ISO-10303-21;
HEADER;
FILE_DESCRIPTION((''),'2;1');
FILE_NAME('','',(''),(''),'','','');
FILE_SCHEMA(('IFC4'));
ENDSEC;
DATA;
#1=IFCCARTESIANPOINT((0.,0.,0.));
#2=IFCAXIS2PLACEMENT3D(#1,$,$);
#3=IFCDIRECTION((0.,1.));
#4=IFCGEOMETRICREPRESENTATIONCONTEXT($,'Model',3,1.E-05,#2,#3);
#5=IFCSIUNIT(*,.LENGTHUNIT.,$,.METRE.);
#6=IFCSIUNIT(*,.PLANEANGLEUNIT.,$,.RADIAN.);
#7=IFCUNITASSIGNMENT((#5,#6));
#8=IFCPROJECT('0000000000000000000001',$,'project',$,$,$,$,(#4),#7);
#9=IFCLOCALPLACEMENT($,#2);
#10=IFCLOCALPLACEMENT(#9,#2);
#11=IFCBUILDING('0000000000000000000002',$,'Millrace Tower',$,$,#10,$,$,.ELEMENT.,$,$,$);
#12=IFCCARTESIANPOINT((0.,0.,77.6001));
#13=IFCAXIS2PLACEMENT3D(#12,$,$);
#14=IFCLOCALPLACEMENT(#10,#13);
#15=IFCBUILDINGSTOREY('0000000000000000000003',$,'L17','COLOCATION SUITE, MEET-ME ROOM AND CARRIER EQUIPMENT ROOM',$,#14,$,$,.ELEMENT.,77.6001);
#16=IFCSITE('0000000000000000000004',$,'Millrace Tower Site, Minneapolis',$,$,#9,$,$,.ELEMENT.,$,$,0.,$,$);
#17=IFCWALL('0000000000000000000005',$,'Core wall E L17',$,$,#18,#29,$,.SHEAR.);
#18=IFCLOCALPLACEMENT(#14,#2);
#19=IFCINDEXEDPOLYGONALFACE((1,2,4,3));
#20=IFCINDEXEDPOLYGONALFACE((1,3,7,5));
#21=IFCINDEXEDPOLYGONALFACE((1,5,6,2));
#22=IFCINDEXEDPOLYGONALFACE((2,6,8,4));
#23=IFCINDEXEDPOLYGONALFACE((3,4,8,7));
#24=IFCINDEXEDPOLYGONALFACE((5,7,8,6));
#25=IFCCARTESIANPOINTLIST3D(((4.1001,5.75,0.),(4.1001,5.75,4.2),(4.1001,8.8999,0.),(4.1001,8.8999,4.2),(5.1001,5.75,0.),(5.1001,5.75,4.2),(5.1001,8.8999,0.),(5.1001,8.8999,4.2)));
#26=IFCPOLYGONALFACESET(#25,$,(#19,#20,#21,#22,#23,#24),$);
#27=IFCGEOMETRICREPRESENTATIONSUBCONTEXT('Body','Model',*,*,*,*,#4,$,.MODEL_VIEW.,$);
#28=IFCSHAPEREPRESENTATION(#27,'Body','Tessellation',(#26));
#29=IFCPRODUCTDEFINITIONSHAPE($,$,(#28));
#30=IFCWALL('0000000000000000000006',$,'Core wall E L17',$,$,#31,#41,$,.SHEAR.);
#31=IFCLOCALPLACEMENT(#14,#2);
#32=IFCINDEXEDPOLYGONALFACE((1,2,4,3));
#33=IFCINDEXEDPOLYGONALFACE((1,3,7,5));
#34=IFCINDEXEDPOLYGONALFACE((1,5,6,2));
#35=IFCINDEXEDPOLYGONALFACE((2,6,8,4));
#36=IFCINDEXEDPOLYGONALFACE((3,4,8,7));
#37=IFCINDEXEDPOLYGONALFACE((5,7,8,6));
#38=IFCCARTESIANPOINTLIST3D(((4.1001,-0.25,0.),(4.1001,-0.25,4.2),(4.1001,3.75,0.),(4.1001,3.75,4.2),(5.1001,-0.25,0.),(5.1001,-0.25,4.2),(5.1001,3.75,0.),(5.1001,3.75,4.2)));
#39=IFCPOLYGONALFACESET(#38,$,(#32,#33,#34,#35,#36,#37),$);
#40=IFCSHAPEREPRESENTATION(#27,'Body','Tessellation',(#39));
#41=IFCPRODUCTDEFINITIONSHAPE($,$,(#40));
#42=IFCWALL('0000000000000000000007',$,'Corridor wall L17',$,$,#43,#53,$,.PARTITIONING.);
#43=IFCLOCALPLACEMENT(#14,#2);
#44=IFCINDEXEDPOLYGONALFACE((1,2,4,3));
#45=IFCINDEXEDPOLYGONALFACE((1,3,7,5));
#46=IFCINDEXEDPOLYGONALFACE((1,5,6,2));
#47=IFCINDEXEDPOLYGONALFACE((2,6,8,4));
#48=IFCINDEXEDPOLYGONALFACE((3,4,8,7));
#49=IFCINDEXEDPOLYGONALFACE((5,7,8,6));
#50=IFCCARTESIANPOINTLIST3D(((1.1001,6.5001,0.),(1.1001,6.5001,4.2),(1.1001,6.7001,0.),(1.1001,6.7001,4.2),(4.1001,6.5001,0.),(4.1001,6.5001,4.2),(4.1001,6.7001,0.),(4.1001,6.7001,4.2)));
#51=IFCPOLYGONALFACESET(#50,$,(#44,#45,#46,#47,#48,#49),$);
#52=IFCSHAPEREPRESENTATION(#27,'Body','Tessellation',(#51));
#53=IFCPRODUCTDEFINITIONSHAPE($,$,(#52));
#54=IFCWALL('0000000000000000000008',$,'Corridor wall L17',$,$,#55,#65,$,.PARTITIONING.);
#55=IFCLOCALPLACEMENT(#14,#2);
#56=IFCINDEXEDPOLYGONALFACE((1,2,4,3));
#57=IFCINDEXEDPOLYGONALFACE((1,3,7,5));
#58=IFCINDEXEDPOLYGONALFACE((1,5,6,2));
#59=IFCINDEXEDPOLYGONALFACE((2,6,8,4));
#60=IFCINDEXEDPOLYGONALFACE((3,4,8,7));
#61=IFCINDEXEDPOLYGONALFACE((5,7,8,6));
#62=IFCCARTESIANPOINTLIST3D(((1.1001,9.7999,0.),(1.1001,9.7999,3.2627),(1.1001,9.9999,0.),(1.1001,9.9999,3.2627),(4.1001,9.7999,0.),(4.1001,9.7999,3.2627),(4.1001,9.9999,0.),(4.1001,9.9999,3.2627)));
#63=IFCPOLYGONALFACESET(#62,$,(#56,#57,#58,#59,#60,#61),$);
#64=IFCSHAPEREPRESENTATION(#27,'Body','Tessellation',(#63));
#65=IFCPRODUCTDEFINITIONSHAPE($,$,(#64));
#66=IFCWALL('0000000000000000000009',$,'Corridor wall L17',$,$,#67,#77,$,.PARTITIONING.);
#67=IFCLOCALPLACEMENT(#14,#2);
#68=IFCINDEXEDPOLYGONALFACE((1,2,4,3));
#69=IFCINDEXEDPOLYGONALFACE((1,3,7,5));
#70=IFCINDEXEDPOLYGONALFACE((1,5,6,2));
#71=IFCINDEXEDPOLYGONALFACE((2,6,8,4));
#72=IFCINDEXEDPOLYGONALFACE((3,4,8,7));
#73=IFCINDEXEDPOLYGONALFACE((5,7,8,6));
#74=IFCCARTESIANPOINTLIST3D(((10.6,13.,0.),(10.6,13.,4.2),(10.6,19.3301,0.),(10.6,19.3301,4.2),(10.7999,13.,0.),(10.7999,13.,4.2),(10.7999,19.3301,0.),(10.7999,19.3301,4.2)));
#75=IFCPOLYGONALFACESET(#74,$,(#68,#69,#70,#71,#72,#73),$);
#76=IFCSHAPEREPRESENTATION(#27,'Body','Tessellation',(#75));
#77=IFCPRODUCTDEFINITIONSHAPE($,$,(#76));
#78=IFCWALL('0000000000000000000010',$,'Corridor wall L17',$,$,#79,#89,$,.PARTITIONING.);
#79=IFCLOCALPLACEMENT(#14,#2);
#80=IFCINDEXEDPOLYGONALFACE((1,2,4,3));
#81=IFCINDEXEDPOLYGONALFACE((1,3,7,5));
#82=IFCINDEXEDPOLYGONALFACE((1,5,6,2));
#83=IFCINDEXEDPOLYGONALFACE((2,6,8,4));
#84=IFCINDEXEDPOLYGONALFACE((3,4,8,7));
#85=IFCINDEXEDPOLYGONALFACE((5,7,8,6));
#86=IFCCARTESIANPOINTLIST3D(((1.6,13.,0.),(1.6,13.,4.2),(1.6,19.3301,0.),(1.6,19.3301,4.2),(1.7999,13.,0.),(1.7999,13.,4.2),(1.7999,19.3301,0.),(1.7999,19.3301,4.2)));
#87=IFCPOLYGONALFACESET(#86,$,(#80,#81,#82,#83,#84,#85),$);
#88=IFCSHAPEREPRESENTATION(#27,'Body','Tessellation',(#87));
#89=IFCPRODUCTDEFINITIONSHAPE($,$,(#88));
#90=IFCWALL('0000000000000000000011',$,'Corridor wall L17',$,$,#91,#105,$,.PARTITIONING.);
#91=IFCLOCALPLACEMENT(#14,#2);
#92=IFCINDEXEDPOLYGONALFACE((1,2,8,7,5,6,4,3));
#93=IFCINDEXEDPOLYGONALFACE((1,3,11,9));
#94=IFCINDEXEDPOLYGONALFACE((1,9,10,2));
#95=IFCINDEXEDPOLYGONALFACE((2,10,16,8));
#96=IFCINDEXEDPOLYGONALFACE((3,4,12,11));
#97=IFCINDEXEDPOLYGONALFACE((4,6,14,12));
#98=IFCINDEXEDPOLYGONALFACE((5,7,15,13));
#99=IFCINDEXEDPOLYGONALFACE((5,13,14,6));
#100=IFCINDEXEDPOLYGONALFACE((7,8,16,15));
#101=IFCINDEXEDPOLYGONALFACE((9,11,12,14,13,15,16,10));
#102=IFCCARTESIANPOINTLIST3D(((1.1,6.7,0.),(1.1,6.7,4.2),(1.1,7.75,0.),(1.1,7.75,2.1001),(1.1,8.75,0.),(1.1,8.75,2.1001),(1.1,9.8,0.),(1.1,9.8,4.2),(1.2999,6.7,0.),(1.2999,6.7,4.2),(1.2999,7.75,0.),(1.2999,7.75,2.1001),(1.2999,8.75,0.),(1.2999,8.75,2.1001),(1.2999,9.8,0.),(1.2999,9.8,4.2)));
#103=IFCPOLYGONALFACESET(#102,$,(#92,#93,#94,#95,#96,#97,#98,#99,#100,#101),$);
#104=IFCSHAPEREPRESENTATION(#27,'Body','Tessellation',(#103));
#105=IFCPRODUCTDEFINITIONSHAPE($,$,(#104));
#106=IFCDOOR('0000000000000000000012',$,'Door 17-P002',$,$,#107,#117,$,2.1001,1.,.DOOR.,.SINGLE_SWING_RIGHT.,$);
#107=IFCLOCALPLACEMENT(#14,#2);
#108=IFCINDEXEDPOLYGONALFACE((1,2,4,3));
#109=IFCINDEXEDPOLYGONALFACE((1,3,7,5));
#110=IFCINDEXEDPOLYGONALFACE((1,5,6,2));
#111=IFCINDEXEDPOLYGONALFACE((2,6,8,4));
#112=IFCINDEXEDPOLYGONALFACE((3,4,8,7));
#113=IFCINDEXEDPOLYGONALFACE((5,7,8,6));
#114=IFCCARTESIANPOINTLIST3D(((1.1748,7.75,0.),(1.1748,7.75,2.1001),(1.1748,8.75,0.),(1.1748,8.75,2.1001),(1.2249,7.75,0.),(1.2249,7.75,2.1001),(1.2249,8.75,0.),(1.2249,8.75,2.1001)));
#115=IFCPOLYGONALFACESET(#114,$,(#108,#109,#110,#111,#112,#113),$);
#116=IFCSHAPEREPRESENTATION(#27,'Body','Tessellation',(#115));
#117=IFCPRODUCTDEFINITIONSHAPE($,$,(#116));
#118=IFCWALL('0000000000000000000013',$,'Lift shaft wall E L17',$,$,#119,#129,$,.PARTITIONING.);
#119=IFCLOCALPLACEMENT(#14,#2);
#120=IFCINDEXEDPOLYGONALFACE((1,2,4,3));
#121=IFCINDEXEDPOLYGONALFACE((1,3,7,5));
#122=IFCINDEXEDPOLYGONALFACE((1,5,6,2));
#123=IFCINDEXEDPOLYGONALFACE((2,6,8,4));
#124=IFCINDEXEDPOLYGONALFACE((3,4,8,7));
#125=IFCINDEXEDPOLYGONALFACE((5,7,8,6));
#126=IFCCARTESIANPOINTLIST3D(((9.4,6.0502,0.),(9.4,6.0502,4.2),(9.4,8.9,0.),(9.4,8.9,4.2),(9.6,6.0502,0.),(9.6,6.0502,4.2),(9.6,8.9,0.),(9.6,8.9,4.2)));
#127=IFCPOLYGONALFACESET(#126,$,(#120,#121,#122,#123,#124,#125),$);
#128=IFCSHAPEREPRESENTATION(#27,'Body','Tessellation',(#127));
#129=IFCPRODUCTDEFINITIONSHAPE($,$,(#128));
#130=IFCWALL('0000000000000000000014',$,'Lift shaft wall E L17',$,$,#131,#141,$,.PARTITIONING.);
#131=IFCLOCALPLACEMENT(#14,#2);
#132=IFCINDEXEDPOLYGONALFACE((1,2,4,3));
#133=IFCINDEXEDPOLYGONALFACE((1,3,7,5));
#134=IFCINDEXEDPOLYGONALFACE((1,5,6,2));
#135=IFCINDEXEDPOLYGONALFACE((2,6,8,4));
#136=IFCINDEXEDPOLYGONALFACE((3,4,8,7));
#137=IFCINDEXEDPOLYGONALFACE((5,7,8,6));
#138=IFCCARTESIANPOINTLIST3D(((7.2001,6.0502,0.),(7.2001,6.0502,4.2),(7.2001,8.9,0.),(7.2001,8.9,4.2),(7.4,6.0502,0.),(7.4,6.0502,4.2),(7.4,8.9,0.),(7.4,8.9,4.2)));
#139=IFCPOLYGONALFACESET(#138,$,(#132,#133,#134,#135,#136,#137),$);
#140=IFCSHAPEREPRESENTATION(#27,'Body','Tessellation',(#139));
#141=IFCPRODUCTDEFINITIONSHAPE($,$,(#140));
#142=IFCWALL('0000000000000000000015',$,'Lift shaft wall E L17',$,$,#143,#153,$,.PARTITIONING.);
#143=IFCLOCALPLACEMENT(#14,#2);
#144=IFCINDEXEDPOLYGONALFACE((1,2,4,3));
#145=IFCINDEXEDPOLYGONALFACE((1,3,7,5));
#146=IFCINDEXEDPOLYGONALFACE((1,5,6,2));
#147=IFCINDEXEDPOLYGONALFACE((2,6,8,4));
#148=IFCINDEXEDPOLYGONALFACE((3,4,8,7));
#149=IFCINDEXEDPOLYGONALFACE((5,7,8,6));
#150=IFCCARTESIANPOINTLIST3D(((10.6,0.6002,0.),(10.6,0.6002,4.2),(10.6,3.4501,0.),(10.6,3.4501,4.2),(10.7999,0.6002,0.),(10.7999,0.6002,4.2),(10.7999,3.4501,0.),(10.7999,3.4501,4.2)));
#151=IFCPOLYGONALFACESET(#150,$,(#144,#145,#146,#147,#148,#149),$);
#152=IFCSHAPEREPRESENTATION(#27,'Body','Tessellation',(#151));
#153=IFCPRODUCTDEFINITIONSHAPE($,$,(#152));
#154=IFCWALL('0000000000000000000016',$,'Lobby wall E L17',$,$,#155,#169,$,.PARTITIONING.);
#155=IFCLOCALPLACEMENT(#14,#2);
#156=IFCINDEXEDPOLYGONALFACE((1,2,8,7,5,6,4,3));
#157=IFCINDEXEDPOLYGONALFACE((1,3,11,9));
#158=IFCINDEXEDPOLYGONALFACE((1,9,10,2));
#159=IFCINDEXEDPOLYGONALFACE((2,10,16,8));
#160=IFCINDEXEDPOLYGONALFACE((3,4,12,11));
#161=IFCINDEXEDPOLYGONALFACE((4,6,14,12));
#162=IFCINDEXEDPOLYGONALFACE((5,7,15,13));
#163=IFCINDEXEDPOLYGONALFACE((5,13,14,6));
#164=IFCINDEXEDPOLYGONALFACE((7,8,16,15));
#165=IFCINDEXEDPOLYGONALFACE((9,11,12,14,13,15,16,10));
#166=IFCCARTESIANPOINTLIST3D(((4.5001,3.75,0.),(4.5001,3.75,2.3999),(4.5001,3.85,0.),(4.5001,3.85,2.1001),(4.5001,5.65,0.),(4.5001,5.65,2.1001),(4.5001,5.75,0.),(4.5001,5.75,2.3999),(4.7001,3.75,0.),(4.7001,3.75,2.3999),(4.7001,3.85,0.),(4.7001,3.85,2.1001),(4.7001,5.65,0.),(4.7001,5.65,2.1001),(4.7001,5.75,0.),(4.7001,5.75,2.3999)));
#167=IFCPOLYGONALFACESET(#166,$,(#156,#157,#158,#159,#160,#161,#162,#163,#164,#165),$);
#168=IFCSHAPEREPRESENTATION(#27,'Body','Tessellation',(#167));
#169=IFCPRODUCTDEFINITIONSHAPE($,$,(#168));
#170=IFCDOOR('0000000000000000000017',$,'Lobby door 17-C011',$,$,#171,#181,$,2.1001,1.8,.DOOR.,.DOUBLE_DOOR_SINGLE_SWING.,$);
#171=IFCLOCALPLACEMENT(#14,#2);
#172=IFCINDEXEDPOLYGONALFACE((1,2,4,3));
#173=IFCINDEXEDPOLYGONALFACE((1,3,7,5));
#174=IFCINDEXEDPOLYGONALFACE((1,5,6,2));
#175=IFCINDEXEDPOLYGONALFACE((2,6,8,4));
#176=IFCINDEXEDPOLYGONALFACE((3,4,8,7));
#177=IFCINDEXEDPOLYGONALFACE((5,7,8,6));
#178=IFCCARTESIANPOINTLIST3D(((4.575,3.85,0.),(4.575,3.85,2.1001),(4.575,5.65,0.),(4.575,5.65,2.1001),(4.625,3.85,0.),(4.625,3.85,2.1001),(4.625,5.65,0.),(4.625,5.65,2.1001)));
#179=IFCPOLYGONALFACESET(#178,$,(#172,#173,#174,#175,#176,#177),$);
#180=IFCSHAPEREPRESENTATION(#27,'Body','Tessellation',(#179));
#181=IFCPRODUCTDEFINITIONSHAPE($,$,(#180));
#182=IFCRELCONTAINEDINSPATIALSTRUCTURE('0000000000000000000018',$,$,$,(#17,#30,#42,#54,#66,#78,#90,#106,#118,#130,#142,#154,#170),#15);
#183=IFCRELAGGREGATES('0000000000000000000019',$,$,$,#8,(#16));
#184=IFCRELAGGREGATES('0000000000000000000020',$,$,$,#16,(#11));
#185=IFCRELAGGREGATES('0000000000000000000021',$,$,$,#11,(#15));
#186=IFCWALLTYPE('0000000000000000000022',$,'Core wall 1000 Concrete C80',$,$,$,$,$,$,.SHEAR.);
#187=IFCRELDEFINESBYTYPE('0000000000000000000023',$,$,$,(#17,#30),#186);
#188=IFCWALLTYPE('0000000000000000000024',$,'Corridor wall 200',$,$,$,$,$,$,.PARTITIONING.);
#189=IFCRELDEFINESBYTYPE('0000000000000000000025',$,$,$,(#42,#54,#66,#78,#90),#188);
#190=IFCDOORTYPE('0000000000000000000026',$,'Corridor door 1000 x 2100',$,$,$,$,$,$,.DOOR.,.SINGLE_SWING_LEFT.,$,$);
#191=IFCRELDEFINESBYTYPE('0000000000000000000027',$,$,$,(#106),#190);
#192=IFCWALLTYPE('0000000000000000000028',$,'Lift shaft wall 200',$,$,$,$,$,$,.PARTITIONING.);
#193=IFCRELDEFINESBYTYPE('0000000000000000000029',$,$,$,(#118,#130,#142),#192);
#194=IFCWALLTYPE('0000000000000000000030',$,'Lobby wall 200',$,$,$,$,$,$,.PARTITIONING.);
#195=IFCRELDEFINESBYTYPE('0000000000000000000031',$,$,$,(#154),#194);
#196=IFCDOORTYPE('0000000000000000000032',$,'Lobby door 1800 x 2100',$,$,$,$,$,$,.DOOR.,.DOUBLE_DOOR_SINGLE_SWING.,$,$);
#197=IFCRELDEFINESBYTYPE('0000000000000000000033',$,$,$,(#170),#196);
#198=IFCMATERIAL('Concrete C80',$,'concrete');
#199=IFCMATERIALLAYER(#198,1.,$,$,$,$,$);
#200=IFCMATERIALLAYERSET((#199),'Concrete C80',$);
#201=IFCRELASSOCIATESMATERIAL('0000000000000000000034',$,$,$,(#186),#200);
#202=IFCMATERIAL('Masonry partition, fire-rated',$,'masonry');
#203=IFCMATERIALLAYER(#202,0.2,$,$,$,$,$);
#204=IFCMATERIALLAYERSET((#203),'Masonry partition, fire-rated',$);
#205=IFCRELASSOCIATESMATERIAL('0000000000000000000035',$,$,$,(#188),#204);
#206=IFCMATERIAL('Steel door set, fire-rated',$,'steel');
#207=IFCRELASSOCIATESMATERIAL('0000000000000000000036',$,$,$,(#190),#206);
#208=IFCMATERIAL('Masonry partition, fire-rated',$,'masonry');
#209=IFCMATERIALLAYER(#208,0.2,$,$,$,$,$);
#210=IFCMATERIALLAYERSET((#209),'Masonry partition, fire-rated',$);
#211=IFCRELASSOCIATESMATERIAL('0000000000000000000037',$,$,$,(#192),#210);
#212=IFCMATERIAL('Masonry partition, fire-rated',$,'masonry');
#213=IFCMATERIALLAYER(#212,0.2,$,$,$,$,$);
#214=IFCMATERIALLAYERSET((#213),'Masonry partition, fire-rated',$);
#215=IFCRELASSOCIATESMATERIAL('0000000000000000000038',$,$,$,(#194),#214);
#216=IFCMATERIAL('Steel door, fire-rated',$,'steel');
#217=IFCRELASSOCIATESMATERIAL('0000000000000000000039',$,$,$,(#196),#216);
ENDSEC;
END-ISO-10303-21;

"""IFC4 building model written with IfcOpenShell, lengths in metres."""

from ifc_helpers import new_model, si_unit, direction, frame, frame_2d, origin, place, context, subcontext, project, spatial, rectangle, extrude, material, layer, layer_set, type_object, element, fill, save


model = new_model("IFC4")

# Units and contexts
model_context = context("Model", 3, precision=1e-05, world=origin(), true_north=direction((0.0, 1.0)))
body_context = subcontext(model_context, "Body", "Model", "MODEL_VIEW")
ifc_project = project(units=[si_unit("LENGTHUNIT", "METRE"), si_unit("PLANEANGLEUNIT", "RADIAN")], contexts=[model_context])

# Site, building, storey
site_placement = place(None, origin())
site = spatial("IfcSite", under=ifc_project, at=site_placement, Name="Millrace Tower Site, Minneapolis", CompositionType="ELEMENT", RefElevation=0.0)
building_placement = place(site_placement, origin())
building = spatial("IfcBuilding", under=site, at=building_placement, Name="Millrace Tower", CompositionType="ELEMENT")
storey_placement = place(building_placement, frame((0.0, 0.0, 77.6001)))
storey = spatial("IfcBuildingStorey", under=building, at=storey_placement, Name="L17", Description="COLOCATION SUITE, MEET-ME ROOM AND CARRIER EQUIPMENT ROOM", CompositionType="ELEMENT", Elevation=77.6001)

# Walls
ifc_material_1 = material(Name="Concrete C80", Category="concrete")
ifc_layer_1 = layer(ifc_material_1, 1.0)
ifc_layer_set_1 = layer_set([ifc_layer_1], Name="Concrete C80")
wall_type_1 = type_object("IfcWallType", Name="Core wall 1000 Concrete C80", PredefinedType="SHEAR", material=ifc_layer_set_1)
wall_1_placement = place(storey_placement, frame((4.6001, 8.8999, 0.0), z_axis=(0.0, 0.0, 1.0), x_axis=(0.0, -1.0, 0.0)))
element("IfcWall", 1, at=wall_1_placement, inside=storey, type_object=wall_type_1, Name="Core wall E L17", PredefinedType="SHEAR", context=body_context, shape_type="SweptSolid", body=[
    extrude(rectangle(XDim=3.1499, YDim=1.0, at=frame_2d((1.575, 0.0))), origin(), (0.0, 0.0, 1.0), 4.2),
])
wall_2_placement = place(storey_placement, frame((4.6001, 3.75, 0.0), z_axis=(0.0, 0.0, 1.0), x_axis=(0.0, -1.0, 0.0)))
element("IfcWall", 2, at=wall_2_placement, inside=storey, type_object=wall_type_1, Name="Core wall E L17", PredefinedType="SHEAR", context=body_context, shape_type="SweptSolid", body=[
    extrude(rectangle(XDim=4.0, YDim=1.0, at=frame_2d((2.0, 0.0))), origin(), (0.0, 0.0, 1.0), 4.2),
])
ifc_material_2 = material(Name="Masonry partition, fire-rated", Category="masonry")
ifc_layer_2 = layer(ifc_material_2, 0.2)
ifc_layer_set_2 = layer_set([ifc_layer_2], Name="Masonry partition, fire-rated")
wall_type_2 = type_object("IfcWallType", Name="Corridor wall 200", PredefinedType="PARTITIONING", material=ifc_layer_set_2)
wall_3_placement = place(storey_placement, frame((1.1001, 6.6001, 0.0), z_axis=(0.0, 0.0, 1.0), x_axis=(1.0, 0.0, 0.0)))
element("IfcWall", 3, at=wall_3_placement, inside=storey, type_object=wall_type_2, Name="Corridor wall L17", PredefinedType="PARTITIONING", context=body_context, shape_type="SweptSolid", body=[
    extrude(rectangle(XDim=3.0, YDim=0.2, at=frame_2d((1.5, 0.0))), origin(), (0.0, 0.0, 1.0), 4.2),
])
wall_4_placement = place(storey_placement, frame((1.1001, 9.8999, 0.0), z_axis=(0.0, 0.0, 1.0), x_axis=(1.0, 0.0, 0.0)))
element("IfcWall", 4, at=wall_4_placement, inside=storey, type_object=wall_type_2, Name="Corridor wall L17", PredefinedType="PARTITIONING", context=body_context, shape_type="SweptSolid", body=[
    extrude(rectangle(XDim=3.0, YDim=0.2, at=frame_2d((1.5, 0.0))), origin(), (0.0, 0.0, 1.0), 3.2627),
])
for number, where, z_axis, x_axis, name in (
    (5, (10.7, 13.0, 0.0), (0.0, 0.0, 1.0), (0.0, 1.0, 0.0), "Corridor wall L17"),
    (6, (1.7, 13.0, 0.0), (0.0, 0.0, 1.0), (0.0, 1.0, 0.0), "Corridor wall L17"),
):
    element("IfcWall", number, at=place(storey_placement, frame(where, z_axis=z_axis, x_axis=x_axis)), inside=storey, type_object=wall_type_2, Name=name, PredefinedType="PARTITIONING", context=body_context, shape_type="SweptSolid", body=[
        extrude(rectangle(XDim=6.3301, YDim=0.2, at=frame_2d((3.165, 0.0))), origin(), (0.0, 0.0, 1.0), 4.2),
    ])

# Wall, opening, door
wall_5_placement = place(storey_placement, frame((1.2, 6.7, 0.0), z_axis=(0.0, 0.0, 1.0), x_axis=(0.0, 1.0, 0.0)))
wall_5 = element("IfcWall", 7, at=wall_5_placement, inside=storey, type_object=wall_type_2, Name="Corridor wall L17", PredefinedType="PARTITIONING", context=body_context, shape_type="SweptSolid", body=[
    extrude(rectangle(XDim=3.1001, YDim=0.2, at=frame_2d((1.55, 0.0))), origin(), (0.0, 0.0, 1.0), 4.2),
])
opening_1_placement = place(wall_5_placement, frame((1.05, 0.0, 0.0)))
opening_1 = element("IfcOpeningElement", 8, at=opening_1_placement, cuts=wall_5, PredefinedType="OPENING", context=body_context, shape_type="SweptSolid", body=[
    extrude(rectangle(XDim=1.0, YDim=2.1001, at=frame_2d((0.5, 1.05))), frame((0.0, 0.1099, 0.0), z_axis=(0.0, -1.0, 0.0), x_axis=(1.0, 0.0, 0.0)), (0.0, 0.0, 1.0), 0.22),
])
ifc_material_3 = material(Name="Steel door set, fire-rated", Category="steel")
door_type_1 = type_object("IfcDoorType", Name="Corridor door 1000 x 2100", OperationType="SINGLE_SWING_LEFT", PredefinedType="DOOR", material=ifc_material_3)
door_1_placement = place(opening_1_placement, frame((1.0, 0.0, 0.0), z_axis=(0.0, 0.0, 1.0), x_axis=(-1.0, 0.0, 0.0)))
door_1 = element("IfcDoor", 9, at=door_1_placement, inside=storey, type_object=door_type_1, Name="Door 17-P002", OperationType="SINGLE_SWING_RIGHT", OverallHeight=2.1001, OverallWidth=1.0, PredefinedType="DOOR", context=body_context, shape_type="SweptSolid", body=[
    extrude(rectangle(XDim=1.0, YDim=2.1001, at=frame_2d((0.5, 1.05))), frame((0.0, 0.0249, 0.0), z_axis=(0.0, -1.0, 0.0), x_axis=(1.0, 0.0, 0.0)), (0.0, 0.0, 1.0), 0.05),
])
fill(opening_1, door_1)

# Walls
ifc_material_4 = material(Name="Masonry partition, fire-rated", Category="masonry")
ifc_layer_3 = layer(ifc_material_4, 0.2)
ifc_layer_set_3 = layer_set([ifc_layer_3], Name="Masonry partition, fire-rated")
wall_type_3 = type_object("IfcWallType", Name="Lift shaft wall 200", PredefinedType="PARTITIONING", material=ifc_layer_set_3)
for number, where, z_axis, x_axis, name in (
    (10, (9.5, 8.8999, 0.0), (0.0, 0.0, 1.0), (0.0, -1.0, 0.0), "Lift shaft wall E L17"),
    (11, (7.3, 8.8999, 0.0), (0.0, 0.0, 1.0), (0.0, -1.0, 0.0), "Lift shaft wall E L17"),
    (12, (10.7, 3.45, 0.0), (0.0, 0.0, 1.0), (0.0, -1.0, 0.0), "Lift shaft wall E L17"),
):
    element("IfcWall", number, at=place(storey_placement, frame(where, z_axis=z_axis, x_axis=x_axis)), inside=storey, type_object=wall_type_3, Name=name, PredefinedType="PARTITIONING", context=body_context, shape_type="SweptSolid", body=[
        extrude(rectangle(XDim=2.8499, YDim=0.2, at=frame_2d((1.4248, 0.0))), origin(), (0.0, 0.0, 1.0), 4.2),
    ])

# Wall, opening, door
ifc_material_5 = material(Name="Masonry partition, fire-rated", Category="masonry")
ifc_layer_4 = layer(ifc_material_5, 0.2)
ifc_layer_set_4 = layer_set([ifc_layer_4], Name="Masonry partition, fire-rated")
wall_type_4 = type_object("IfcWallType", Name="Lobby wall 200", PredefinedType="PARTITIONING", material=ifc_layer_set_4)
wall_6_placement = place(storey_placement, frame((4.6001, 5.75, 0.0), z_axis=(0.0, 0.0, 1.0), x_axis=(0.0, -1.0, 0.0)))
wall_6 = element("IfcWall", 13, at=wall_6_placement, inside=storey, type_object=wall_type_4, Name="Lobby wall E L17", PredefinedType="PARTITIONING", context=body_context, shape_type="SweptSolid", body=[
    extrude(rectangle(XDim=2.0, YDim=0.2, at=frame_2d((1.0, 0.0))), origin(), (0.0, 0.0, 1.0), 2.3999),
])
opening_2_placement = place(wall_6_placement, frame((0.1001, 0.0, 0.0)))
opening_2 = element("IfcOpeningElement", 14, at=opening_2_placement, cuts=wall_6, PredefinedType="OPENING", context=body_context, shape_type="SweptSolid", body=[
    extrude(rectangle(XDim=1.8, YDim=2.1001, at=frame_2d((0.8999, 1.05))), frame((0.0, 0.1099, 0.0), z_axis=(0.0, -1.0, 0.0), x_axis=(1.0, 0.0, 0.0)), (0.0, 0.0, 1.0), 0.22),
])
ifc_material_6 = material(Name="Steel door, fire-rated", Category="steel")
door_type_2 = type_object("IfcDoorType", Name="Lobby door 1800 x 2100", OperationType="DOUBLE_DOOR_SINGLE_SWING", PredefinedType="DOOR", material=ifc_material_6)
door_2_placement = place(opening_2_placement, origin())
door_2 = element("IfcDoor", 15, at=door_2_placement, inside=storey, type_object=door_type_2, Name="Lobby door 17-C011", OperationType="DOUBLE_DOOR_SINGLE_SWING", OverallHeight=2.1001, OverallWidth=1.8, PredefinedType="DOOR", context=body_context, shape_type="SweptSolid", body=[
    extrude(rectangle(XDim=1.8, YDim=2.1001, at=frame_2d((0.8999, 1.05))), frame((0.0, 0.0249, 0.0), z_axis=(0.0, -1.0, 0.0), x_axis=(1.0, 0.0, 0.0)), (0.0, 0.0, 1.0), 0.05),
])
fill(opening_2, door_2)

save(model, "model.ifc")
